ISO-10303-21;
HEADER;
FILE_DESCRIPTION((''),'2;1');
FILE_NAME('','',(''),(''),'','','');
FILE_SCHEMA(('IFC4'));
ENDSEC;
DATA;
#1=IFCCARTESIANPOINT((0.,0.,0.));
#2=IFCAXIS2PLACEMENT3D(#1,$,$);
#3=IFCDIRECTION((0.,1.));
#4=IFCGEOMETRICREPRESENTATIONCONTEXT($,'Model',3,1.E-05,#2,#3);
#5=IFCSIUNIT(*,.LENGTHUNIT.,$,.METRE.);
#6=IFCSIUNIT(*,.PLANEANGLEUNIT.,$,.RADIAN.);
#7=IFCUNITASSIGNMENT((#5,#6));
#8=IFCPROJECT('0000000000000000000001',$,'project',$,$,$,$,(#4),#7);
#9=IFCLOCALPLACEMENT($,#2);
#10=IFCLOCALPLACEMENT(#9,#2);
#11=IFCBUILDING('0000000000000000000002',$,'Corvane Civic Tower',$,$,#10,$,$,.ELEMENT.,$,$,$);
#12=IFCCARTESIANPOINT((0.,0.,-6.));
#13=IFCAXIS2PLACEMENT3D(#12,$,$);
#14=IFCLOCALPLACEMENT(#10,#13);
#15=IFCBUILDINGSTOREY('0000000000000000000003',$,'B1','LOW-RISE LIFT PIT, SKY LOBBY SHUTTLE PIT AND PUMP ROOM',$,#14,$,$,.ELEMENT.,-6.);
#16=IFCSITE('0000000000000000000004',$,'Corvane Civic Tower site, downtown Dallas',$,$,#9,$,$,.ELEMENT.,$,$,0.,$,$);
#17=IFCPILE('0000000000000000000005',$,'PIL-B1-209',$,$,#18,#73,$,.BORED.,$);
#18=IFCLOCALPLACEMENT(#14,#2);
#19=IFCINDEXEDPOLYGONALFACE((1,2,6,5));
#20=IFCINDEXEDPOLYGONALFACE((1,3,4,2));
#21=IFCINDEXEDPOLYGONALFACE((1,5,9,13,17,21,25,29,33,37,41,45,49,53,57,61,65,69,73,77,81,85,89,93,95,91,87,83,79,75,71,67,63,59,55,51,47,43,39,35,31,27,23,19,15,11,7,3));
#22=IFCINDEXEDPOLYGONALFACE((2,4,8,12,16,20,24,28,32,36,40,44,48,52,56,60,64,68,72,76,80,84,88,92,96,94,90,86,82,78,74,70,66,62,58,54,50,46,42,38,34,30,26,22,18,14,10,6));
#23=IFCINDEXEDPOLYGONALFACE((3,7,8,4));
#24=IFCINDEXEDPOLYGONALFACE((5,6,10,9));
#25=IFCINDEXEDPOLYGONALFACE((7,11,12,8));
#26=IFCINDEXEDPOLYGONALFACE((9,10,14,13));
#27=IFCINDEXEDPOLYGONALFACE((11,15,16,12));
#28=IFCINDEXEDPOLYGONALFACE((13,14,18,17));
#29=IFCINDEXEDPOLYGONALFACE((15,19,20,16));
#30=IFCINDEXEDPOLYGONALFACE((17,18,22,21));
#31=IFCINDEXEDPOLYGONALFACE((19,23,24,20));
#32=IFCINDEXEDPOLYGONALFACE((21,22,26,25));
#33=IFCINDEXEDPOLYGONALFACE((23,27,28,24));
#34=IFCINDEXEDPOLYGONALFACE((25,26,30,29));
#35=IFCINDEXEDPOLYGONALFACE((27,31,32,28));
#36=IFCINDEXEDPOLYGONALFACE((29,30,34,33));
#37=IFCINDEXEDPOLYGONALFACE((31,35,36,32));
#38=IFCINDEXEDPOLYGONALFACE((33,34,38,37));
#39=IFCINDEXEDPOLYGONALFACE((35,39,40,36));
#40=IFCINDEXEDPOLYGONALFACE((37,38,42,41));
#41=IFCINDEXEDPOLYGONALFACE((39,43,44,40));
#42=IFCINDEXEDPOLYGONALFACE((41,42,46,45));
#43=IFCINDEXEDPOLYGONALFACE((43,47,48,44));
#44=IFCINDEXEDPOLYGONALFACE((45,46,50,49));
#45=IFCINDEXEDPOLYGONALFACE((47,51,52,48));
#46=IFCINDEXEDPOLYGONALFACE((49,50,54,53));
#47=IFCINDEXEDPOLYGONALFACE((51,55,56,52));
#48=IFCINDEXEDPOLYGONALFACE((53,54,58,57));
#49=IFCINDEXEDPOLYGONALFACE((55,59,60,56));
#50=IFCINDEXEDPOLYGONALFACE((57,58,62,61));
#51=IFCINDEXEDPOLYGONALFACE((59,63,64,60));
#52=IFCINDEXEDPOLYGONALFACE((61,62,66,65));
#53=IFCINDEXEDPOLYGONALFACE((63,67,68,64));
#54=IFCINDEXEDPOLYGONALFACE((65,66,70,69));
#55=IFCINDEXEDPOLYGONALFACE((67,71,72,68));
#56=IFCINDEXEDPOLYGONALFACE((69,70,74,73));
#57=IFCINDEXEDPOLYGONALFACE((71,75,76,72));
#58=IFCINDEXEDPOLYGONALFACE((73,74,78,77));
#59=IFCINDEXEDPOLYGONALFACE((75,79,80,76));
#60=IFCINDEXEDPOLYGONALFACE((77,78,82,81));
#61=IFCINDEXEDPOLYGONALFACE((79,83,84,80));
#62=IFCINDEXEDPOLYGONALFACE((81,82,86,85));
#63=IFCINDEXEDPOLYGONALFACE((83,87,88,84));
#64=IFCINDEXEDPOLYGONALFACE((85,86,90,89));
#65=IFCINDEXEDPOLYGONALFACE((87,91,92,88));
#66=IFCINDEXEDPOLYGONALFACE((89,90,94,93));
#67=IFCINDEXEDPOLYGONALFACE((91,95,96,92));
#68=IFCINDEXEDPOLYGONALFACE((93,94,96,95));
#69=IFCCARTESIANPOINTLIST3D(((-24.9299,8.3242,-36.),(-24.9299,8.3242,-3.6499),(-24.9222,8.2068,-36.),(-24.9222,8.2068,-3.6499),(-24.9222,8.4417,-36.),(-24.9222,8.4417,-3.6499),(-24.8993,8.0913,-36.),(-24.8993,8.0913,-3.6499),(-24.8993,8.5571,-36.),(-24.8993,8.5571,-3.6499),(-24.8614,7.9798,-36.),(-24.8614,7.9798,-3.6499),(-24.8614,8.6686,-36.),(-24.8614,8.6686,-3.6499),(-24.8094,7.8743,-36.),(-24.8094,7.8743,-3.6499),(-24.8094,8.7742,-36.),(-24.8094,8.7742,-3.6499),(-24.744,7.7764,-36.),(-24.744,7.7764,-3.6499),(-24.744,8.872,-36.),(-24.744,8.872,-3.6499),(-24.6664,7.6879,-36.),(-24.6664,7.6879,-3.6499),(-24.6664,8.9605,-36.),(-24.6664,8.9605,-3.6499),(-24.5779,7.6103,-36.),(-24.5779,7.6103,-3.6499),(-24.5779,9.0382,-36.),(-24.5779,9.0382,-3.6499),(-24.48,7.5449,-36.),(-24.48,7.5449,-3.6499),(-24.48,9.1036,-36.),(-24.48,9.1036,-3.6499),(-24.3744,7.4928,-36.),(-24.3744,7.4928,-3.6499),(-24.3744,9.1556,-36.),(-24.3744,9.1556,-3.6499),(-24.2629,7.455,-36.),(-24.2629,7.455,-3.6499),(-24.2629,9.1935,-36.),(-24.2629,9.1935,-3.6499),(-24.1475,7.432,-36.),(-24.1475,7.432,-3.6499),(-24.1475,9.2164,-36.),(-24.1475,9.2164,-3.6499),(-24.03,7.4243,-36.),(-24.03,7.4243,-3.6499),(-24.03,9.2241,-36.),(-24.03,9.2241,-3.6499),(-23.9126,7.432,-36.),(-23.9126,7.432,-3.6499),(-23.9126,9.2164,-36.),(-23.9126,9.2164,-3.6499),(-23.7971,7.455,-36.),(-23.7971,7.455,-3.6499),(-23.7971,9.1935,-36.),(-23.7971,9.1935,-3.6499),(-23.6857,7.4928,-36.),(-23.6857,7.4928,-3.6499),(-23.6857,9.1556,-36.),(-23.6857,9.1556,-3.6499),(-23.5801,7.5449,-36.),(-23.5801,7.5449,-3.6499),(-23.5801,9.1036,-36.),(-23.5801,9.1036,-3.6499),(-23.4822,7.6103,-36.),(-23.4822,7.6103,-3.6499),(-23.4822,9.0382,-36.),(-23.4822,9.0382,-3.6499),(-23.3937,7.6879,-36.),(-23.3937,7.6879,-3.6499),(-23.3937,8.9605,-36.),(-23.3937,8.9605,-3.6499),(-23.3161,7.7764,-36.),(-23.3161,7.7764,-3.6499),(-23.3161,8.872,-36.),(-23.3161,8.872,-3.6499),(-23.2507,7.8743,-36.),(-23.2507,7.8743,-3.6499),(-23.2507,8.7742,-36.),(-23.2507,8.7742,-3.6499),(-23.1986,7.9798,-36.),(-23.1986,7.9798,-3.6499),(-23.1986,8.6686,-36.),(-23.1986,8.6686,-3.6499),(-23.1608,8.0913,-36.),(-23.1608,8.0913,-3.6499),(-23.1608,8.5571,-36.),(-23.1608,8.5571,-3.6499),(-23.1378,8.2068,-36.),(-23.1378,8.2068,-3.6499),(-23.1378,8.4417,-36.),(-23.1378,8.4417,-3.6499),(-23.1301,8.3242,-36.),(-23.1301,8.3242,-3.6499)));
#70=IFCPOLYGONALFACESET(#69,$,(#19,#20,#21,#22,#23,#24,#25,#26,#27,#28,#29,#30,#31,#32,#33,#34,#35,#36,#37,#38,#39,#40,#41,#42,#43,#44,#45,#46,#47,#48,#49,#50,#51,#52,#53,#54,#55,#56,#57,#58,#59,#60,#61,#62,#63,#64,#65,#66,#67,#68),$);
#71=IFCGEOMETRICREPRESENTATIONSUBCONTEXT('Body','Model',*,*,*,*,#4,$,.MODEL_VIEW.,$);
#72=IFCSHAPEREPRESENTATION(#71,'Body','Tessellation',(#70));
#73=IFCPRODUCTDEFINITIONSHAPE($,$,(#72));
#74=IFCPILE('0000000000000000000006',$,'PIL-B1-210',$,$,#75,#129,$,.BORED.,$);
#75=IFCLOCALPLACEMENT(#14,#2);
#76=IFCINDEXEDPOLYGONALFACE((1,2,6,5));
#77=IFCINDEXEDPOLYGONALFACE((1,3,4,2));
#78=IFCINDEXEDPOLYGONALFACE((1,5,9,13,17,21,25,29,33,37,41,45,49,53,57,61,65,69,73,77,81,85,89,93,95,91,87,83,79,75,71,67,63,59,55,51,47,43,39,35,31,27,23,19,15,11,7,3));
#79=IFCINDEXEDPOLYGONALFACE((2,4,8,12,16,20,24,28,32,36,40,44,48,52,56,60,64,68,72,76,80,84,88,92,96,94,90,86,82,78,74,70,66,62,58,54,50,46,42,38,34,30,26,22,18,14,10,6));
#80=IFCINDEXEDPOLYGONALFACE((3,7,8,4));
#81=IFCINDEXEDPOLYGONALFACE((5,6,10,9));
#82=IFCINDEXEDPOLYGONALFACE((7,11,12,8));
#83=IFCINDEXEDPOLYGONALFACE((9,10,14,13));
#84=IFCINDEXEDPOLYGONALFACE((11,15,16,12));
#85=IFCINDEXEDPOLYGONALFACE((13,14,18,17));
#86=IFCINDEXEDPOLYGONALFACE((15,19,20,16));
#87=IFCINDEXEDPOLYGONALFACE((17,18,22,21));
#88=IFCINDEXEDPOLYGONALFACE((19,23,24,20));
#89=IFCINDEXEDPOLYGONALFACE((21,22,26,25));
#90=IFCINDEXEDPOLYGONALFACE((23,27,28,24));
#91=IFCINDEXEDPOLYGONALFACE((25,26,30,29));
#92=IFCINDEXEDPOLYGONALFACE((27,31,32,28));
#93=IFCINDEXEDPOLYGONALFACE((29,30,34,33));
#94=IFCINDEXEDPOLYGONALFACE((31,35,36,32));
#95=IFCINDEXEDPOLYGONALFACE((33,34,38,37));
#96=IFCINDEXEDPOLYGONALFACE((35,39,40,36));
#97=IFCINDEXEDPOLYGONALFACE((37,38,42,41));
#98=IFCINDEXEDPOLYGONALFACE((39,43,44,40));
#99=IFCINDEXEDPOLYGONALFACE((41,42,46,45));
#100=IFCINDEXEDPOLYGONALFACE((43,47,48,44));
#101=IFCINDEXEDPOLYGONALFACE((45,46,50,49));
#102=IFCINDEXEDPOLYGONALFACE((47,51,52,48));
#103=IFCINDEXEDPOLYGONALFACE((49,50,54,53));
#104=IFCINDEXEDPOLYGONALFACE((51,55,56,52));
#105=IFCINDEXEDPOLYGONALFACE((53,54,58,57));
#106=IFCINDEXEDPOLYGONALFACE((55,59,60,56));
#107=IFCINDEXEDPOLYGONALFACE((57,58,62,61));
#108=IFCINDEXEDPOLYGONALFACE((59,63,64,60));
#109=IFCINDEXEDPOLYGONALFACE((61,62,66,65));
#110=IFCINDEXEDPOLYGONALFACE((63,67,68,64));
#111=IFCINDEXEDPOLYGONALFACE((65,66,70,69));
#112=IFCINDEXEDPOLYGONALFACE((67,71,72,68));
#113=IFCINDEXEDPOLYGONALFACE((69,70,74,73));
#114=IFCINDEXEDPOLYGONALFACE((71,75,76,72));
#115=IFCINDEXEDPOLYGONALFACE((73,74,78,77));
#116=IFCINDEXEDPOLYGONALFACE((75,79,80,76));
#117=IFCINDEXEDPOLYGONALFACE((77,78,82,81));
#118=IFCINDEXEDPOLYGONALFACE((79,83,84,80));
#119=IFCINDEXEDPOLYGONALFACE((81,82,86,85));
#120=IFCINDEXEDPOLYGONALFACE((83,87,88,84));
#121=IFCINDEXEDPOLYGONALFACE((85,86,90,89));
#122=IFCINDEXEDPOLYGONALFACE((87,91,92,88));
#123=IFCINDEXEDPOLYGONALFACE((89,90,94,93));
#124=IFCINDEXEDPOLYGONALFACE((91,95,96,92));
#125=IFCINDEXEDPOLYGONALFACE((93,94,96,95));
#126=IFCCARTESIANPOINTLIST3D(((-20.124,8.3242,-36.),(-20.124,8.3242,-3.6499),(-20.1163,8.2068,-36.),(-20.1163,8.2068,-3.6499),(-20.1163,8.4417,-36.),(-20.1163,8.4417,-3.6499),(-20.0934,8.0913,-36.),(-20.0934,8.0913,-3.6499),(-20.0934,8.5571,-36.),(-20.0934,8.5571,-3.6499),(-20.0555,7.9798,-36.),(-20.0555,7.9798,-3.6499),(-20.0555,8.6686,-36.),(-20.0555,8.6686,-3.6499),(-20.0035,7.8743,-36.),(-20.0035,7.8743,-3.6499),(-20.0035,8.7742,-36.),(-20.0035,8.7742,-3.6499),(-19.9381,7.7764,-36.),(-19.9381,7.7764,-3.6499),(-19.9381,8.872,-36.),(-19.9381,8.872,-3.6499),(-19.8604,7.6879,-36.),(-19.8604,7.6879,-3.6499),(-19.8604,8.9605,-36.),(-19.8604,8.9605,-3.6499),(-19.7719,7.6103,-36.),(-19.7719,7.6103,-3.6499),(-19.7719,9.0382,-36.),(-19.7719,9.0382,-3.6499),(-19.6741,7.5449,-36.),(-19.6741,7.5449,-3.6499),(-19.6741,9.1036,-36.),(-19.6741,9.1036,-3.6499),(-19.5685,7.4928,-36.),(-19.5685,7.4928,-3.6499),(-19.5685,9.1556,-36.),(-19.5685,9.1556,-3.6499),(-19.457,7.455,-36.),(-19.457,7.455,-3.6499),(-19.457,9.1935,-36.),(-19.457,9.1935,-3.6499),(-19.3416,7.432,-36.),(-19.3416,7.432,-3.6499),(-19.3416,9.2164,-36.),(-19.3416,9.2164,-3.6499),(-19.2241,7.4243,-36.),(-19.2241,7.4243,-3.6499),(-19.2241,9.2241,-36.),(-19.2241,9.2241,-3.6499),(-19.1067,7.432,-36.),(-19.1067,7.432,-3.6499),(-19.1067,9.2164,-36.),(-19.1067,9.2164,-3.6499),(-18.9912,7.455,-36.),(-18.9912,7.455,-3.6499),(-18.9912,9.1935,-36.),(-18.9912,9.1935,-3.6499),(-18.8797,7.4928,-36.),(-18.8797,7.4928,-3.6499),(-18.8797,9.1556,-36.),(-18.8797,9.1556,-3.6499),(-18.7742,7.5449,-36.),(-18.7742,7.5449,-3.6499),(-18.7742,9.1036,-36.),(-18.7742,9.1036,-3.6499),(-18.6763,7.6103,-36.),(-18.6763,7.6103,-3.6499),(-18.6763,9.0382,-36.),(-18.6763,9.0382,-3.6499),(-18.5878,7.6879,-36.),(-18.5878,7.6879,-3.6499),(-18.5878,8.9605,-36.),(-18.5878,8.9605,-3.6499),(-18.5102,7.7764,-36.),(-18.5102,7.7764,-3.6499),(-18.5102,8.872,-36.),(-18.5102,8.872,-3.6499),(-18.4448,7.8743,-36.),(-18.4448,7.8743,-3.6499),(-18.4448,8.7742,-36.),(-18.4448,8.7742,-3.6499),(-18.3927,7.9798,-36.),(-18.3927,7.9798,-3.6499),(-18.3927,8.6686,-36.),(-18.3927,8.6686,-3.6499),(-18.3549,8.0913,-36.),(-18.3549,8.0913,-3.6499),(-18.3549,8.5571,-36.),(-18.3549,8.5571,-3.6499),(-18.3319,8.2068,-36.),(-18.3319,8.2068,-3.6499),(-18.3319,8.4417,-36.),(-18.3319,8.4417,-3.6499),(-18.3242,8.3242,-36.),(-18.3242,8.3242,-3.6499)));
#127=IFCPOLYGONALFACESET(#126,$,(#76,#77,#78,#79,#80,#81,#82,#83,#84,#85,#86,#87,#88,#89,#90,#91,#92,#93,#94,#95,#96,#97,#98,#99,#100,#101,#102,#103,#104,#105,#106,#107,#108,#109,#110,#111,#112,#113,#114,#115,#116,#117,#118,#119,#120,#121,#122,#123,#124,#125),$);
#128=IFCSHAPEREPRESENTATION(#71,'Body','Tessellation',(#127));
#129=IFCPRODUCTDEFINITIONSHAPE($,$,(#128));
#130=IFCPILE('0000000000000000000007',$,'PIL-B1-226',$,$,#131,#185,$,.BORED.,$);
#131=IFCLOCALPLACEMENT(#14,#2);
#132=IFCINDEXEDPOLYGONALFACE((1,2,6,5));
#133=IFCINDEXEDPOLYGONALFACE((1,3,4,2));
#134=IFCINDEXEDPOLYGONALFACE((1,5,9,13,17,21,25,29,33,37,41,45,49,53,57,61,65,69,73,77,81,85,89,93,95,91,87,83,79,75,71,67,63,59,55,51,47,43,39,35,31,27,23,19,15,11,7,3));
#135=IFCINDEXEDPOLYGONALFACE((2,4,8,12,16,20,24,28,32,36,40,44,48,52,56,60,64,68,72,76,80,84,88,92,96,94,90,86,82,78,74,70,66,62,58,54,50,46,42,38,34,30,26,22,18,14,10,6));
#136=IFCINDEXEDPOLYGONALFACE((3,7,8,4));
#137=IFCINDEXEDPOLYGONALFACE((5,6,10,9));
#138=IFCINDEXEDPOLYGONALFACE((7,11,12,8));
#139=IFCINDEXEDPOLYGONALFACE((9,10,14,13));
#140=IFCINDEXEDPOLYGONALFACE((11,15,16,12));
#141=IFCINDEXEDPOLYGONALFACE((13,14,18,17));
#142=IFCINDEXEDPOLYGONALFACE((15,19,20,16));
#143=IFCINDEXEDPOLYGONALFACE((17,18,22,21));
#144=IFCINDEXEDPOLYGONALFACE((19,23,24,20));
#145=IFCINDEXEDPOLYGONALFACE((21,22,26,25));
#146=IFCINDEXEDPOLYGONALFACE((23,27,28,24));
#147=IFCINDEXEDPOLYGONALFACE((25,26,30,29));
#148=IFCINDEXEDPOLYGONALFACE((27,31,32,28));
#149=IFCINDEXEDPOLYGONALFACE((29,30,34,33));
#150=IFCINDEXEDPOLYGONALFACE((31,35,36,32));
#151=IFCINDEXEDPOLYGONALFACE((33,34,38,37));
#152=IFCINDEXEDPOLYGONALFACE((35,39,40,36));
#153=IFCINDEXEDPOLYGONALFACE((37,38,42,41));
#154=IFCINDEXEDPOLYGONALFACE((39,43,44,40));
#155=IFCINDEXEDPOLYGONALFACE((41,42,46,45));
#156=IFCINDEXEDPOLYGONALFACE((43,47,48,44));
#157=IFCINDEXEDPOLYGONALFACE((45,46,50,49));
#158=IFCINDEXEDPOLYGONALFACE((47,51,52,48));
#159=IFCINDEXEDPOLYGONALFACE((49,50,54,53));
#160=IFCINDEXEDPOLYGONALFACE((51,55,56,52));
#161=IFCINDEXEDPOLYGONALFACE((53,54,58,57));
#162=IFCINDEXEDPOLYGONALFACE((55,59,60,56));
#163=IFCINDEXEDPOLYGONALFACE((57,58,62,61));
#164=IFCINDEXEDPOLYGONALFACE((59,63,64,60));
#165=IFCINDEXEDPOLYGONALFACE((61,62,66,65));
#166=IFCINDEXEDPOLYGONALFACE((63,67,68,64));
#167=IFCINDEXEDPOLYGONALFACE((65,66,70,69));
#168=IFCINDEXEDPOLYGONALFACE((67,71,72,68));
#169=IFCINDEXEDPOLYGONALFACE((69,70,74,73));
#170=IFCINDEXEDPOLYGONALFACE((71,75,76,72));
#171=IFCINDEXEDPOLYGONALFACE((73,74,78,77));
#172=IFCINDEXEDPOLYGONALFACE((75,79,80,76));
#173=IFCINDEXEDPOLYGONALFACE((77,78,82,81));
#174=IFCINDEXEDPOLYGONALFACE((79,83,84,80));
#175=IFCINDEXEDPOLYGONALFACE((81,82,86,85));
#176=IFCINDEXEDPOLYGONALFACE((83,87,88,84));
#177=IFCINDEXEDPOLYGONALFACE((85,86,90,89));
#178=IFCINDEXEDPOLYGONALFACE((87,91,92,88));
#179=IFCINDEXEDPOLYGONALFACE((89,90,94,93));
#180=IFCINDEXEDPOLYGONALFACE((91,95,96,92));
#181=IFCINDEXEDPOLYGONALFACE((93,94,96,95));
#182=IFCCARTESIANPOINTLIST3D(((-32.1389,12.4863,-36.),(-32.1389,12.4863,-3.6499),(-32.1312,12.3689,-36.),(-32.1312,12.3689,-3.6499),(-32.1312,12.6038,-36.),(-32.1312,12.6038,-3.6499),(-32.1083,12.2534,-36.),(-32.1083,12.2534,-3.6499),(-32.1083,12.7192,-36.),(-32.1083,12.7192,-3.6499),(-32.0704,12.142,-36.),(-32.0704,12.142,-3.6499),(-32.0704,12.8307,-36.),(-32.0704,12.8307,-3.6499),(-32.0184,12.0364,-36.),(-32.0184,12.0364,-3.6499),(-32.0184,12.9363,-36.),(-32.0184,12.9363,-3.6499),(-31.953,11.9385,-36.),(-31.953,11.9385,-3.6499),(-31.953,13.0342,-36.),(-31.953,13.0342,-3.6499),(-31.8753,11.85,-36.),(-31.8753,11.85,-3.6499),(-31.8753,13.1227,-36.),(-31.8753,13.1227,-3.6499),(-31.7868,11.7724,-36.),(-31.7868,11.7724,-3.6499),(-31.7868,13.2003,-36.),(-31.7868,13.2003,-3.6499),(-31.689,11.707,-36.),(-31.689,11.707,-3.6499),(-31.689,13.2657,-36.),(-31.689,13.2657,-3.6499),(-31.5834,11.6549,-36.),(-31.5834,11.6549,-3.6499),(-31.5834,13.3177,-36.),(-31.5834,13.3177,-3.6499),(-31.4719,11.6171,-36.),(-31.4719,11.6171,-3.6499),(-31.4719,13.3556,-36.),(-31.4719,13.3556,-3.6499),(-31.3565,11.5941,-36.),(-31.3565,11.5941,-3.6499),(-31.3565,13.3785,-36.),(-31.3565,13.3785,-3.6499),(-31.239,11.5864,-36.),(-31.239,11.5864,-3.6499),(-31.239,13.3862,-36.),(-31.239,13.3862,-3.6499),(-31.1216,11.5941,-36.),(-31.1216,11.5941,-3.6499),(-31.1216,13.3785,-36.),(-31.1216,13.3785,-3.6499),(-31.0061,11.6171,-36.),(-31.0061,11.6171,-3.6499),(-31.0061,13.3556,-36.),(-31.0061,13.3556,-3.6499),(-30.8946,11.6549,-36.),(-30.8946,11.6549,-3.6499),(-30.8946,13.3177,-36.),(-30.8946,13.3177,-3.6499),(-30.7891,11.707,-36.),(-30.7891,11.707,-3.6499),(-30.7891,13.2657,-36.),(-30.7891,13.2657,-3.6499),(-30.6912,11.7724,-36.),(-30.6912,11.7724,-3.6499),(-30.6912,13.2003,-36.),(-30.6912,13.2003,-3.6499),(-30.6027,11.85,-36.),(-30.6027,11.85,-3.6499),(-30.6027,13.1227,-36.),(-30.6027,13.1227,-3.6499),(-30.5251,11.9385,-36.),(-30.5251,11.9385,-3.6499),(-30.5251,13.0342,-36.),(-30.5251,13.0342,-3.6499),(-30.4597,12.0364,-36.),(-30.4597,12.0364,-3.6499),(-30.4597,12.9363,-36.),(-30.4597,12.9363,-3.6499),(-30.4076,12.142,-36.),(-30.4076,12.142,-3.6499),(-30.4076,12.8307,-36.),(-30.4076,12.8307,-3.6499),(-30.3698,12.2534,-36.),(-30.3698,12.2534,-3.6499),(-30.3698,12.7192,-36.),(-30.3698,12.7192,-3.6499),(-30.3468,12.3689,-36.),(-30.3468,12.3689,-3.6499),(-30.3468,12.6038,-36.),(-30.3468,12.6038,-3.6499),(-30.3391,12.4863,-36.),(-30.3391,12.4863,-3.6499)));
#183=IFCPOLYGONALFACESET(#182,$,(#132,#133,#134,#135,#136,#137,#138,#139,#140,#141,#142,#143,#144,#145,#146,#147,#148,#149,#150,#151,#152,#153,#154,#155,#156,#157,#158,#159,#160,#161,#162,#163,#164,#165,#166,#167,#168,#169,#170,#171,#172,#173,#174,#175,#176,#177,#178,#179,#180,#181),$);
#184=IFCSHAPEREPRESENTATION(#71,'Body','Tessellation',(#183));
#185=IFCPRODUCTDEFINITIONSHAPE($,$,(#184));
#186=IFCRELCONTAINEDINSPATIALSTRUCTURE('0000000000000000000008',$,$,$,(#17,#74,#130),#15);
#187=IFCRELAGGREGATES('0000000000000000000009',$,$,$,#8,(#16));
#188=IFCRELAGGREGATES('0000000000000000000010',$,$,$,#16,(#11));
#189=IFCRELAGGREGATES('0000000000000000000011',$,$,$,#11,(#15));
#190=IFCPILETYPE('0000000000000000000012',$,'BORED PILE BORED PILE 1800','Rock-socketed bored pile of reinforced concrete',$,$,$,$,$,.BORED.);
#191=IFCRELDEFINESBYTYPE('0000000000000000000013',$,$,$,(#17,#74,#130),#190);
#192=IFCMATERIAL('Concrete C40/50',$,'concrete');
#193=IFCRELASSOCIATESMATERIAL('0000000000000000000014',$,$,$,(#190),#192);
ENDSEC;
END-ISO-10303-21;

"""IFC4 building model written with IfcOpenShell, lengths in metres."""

from ifc_helpers import new_model, si_unit, direction, frame, origin, origin_2d, place, context, subcontext, project, spatial, circle, extrude, material, material_profile, profile_set, type_object, element, save


model = new_model("IFC4")

# Units and contexts
model_context = context("Model", 3, precision=1e-05, world=origin(), true_north=direction((0.0, 1.0)))
body_context = subcontext(model_context, "Body", "Model", "MODEL_VIEW")
ifc_project = project(units=[si_unit("LENGTHUNIT", "METRE"), si_unit("PLANEANGLEUNIT", "RADIAN")], contexts=[model_context])

# Site, building, storey
site_placement = place(None, origin())
site = spatial("IfcSite", under=ifc_project, at=site_placement, Name="Corvane Civic Tower site, downtown Dallas", CompositionType="ELEMENT", RefElevation=0.0)
building_placement = place(site_placement, origin())
building = spatial("IfcBuilding", under=site, at=building_placement, Name="Corvane Civic Tower", CompositionType="ELEMENT")
storey_placement = place(building_placement, frame((0.0, 0.0, -6.0)))
storey = spatial("IfcBuildingStorey", under=building, at=storey_placement, Name="B1", Description="LOW-RISE LIFT PIT, SKY LOBBY SHUTTLE PIT AND PUMP ROOM", CompositionType="ELEMENT", Elevation=-6.0)

# Piles
ifc_material_1 = material(Name="Concrete C40/50", Category="concrete")
ifc_material_profile_1 = material_profile(ifc_material_1, circle(Radius=0.8999, at=origin_2d()), Name="BORED PILE 1800")
ifc_profile_set_1 = profile_set([ifc_material_profile_1], Name="Concrete C40/50")
pile_type = type_object("IfcPileType", Name="BORED PILE BORED PILE 1800", Description="Rock-socketed bored pile of reinforced concrete", PredefinedType="BORED", material=ifc_profile_set_1)
for number, where, z_axis, x_axis, name in (
    (1, (-24.03, 8.3242, -3.6499), (0.0, 0.0, -1.0), (1.0, 0.0, 0.0), "PIL-B1-209"),
    (2, (-19.2241, 8.3242, -3.6499), (0.0, 0.0, -1.0), (1.0, 0.0, 0.0), "PIL-B1-210"),
    (3, (-31.239, 12.4863, -3.6499), (0.0, 0.0, -1.0), (1.0, 0.0, 0.0), "PIL-B1-226"),
):
    element("IfcPile", number, at=place(storey_placement, frame(where, z_axis=z_axis, x_axis=x_axis)), inside=storey, type_object=pile_type, Name=name, PredefinedType="BORED", context=body_context, shape_type="SweptSolid", body=[
        extrude(circle(Radius=0.8999, at=origin_2d()), origin(), (0.0, 0.0, 1.0), 32.3501),
    ])

save(model, "model.ifc")
